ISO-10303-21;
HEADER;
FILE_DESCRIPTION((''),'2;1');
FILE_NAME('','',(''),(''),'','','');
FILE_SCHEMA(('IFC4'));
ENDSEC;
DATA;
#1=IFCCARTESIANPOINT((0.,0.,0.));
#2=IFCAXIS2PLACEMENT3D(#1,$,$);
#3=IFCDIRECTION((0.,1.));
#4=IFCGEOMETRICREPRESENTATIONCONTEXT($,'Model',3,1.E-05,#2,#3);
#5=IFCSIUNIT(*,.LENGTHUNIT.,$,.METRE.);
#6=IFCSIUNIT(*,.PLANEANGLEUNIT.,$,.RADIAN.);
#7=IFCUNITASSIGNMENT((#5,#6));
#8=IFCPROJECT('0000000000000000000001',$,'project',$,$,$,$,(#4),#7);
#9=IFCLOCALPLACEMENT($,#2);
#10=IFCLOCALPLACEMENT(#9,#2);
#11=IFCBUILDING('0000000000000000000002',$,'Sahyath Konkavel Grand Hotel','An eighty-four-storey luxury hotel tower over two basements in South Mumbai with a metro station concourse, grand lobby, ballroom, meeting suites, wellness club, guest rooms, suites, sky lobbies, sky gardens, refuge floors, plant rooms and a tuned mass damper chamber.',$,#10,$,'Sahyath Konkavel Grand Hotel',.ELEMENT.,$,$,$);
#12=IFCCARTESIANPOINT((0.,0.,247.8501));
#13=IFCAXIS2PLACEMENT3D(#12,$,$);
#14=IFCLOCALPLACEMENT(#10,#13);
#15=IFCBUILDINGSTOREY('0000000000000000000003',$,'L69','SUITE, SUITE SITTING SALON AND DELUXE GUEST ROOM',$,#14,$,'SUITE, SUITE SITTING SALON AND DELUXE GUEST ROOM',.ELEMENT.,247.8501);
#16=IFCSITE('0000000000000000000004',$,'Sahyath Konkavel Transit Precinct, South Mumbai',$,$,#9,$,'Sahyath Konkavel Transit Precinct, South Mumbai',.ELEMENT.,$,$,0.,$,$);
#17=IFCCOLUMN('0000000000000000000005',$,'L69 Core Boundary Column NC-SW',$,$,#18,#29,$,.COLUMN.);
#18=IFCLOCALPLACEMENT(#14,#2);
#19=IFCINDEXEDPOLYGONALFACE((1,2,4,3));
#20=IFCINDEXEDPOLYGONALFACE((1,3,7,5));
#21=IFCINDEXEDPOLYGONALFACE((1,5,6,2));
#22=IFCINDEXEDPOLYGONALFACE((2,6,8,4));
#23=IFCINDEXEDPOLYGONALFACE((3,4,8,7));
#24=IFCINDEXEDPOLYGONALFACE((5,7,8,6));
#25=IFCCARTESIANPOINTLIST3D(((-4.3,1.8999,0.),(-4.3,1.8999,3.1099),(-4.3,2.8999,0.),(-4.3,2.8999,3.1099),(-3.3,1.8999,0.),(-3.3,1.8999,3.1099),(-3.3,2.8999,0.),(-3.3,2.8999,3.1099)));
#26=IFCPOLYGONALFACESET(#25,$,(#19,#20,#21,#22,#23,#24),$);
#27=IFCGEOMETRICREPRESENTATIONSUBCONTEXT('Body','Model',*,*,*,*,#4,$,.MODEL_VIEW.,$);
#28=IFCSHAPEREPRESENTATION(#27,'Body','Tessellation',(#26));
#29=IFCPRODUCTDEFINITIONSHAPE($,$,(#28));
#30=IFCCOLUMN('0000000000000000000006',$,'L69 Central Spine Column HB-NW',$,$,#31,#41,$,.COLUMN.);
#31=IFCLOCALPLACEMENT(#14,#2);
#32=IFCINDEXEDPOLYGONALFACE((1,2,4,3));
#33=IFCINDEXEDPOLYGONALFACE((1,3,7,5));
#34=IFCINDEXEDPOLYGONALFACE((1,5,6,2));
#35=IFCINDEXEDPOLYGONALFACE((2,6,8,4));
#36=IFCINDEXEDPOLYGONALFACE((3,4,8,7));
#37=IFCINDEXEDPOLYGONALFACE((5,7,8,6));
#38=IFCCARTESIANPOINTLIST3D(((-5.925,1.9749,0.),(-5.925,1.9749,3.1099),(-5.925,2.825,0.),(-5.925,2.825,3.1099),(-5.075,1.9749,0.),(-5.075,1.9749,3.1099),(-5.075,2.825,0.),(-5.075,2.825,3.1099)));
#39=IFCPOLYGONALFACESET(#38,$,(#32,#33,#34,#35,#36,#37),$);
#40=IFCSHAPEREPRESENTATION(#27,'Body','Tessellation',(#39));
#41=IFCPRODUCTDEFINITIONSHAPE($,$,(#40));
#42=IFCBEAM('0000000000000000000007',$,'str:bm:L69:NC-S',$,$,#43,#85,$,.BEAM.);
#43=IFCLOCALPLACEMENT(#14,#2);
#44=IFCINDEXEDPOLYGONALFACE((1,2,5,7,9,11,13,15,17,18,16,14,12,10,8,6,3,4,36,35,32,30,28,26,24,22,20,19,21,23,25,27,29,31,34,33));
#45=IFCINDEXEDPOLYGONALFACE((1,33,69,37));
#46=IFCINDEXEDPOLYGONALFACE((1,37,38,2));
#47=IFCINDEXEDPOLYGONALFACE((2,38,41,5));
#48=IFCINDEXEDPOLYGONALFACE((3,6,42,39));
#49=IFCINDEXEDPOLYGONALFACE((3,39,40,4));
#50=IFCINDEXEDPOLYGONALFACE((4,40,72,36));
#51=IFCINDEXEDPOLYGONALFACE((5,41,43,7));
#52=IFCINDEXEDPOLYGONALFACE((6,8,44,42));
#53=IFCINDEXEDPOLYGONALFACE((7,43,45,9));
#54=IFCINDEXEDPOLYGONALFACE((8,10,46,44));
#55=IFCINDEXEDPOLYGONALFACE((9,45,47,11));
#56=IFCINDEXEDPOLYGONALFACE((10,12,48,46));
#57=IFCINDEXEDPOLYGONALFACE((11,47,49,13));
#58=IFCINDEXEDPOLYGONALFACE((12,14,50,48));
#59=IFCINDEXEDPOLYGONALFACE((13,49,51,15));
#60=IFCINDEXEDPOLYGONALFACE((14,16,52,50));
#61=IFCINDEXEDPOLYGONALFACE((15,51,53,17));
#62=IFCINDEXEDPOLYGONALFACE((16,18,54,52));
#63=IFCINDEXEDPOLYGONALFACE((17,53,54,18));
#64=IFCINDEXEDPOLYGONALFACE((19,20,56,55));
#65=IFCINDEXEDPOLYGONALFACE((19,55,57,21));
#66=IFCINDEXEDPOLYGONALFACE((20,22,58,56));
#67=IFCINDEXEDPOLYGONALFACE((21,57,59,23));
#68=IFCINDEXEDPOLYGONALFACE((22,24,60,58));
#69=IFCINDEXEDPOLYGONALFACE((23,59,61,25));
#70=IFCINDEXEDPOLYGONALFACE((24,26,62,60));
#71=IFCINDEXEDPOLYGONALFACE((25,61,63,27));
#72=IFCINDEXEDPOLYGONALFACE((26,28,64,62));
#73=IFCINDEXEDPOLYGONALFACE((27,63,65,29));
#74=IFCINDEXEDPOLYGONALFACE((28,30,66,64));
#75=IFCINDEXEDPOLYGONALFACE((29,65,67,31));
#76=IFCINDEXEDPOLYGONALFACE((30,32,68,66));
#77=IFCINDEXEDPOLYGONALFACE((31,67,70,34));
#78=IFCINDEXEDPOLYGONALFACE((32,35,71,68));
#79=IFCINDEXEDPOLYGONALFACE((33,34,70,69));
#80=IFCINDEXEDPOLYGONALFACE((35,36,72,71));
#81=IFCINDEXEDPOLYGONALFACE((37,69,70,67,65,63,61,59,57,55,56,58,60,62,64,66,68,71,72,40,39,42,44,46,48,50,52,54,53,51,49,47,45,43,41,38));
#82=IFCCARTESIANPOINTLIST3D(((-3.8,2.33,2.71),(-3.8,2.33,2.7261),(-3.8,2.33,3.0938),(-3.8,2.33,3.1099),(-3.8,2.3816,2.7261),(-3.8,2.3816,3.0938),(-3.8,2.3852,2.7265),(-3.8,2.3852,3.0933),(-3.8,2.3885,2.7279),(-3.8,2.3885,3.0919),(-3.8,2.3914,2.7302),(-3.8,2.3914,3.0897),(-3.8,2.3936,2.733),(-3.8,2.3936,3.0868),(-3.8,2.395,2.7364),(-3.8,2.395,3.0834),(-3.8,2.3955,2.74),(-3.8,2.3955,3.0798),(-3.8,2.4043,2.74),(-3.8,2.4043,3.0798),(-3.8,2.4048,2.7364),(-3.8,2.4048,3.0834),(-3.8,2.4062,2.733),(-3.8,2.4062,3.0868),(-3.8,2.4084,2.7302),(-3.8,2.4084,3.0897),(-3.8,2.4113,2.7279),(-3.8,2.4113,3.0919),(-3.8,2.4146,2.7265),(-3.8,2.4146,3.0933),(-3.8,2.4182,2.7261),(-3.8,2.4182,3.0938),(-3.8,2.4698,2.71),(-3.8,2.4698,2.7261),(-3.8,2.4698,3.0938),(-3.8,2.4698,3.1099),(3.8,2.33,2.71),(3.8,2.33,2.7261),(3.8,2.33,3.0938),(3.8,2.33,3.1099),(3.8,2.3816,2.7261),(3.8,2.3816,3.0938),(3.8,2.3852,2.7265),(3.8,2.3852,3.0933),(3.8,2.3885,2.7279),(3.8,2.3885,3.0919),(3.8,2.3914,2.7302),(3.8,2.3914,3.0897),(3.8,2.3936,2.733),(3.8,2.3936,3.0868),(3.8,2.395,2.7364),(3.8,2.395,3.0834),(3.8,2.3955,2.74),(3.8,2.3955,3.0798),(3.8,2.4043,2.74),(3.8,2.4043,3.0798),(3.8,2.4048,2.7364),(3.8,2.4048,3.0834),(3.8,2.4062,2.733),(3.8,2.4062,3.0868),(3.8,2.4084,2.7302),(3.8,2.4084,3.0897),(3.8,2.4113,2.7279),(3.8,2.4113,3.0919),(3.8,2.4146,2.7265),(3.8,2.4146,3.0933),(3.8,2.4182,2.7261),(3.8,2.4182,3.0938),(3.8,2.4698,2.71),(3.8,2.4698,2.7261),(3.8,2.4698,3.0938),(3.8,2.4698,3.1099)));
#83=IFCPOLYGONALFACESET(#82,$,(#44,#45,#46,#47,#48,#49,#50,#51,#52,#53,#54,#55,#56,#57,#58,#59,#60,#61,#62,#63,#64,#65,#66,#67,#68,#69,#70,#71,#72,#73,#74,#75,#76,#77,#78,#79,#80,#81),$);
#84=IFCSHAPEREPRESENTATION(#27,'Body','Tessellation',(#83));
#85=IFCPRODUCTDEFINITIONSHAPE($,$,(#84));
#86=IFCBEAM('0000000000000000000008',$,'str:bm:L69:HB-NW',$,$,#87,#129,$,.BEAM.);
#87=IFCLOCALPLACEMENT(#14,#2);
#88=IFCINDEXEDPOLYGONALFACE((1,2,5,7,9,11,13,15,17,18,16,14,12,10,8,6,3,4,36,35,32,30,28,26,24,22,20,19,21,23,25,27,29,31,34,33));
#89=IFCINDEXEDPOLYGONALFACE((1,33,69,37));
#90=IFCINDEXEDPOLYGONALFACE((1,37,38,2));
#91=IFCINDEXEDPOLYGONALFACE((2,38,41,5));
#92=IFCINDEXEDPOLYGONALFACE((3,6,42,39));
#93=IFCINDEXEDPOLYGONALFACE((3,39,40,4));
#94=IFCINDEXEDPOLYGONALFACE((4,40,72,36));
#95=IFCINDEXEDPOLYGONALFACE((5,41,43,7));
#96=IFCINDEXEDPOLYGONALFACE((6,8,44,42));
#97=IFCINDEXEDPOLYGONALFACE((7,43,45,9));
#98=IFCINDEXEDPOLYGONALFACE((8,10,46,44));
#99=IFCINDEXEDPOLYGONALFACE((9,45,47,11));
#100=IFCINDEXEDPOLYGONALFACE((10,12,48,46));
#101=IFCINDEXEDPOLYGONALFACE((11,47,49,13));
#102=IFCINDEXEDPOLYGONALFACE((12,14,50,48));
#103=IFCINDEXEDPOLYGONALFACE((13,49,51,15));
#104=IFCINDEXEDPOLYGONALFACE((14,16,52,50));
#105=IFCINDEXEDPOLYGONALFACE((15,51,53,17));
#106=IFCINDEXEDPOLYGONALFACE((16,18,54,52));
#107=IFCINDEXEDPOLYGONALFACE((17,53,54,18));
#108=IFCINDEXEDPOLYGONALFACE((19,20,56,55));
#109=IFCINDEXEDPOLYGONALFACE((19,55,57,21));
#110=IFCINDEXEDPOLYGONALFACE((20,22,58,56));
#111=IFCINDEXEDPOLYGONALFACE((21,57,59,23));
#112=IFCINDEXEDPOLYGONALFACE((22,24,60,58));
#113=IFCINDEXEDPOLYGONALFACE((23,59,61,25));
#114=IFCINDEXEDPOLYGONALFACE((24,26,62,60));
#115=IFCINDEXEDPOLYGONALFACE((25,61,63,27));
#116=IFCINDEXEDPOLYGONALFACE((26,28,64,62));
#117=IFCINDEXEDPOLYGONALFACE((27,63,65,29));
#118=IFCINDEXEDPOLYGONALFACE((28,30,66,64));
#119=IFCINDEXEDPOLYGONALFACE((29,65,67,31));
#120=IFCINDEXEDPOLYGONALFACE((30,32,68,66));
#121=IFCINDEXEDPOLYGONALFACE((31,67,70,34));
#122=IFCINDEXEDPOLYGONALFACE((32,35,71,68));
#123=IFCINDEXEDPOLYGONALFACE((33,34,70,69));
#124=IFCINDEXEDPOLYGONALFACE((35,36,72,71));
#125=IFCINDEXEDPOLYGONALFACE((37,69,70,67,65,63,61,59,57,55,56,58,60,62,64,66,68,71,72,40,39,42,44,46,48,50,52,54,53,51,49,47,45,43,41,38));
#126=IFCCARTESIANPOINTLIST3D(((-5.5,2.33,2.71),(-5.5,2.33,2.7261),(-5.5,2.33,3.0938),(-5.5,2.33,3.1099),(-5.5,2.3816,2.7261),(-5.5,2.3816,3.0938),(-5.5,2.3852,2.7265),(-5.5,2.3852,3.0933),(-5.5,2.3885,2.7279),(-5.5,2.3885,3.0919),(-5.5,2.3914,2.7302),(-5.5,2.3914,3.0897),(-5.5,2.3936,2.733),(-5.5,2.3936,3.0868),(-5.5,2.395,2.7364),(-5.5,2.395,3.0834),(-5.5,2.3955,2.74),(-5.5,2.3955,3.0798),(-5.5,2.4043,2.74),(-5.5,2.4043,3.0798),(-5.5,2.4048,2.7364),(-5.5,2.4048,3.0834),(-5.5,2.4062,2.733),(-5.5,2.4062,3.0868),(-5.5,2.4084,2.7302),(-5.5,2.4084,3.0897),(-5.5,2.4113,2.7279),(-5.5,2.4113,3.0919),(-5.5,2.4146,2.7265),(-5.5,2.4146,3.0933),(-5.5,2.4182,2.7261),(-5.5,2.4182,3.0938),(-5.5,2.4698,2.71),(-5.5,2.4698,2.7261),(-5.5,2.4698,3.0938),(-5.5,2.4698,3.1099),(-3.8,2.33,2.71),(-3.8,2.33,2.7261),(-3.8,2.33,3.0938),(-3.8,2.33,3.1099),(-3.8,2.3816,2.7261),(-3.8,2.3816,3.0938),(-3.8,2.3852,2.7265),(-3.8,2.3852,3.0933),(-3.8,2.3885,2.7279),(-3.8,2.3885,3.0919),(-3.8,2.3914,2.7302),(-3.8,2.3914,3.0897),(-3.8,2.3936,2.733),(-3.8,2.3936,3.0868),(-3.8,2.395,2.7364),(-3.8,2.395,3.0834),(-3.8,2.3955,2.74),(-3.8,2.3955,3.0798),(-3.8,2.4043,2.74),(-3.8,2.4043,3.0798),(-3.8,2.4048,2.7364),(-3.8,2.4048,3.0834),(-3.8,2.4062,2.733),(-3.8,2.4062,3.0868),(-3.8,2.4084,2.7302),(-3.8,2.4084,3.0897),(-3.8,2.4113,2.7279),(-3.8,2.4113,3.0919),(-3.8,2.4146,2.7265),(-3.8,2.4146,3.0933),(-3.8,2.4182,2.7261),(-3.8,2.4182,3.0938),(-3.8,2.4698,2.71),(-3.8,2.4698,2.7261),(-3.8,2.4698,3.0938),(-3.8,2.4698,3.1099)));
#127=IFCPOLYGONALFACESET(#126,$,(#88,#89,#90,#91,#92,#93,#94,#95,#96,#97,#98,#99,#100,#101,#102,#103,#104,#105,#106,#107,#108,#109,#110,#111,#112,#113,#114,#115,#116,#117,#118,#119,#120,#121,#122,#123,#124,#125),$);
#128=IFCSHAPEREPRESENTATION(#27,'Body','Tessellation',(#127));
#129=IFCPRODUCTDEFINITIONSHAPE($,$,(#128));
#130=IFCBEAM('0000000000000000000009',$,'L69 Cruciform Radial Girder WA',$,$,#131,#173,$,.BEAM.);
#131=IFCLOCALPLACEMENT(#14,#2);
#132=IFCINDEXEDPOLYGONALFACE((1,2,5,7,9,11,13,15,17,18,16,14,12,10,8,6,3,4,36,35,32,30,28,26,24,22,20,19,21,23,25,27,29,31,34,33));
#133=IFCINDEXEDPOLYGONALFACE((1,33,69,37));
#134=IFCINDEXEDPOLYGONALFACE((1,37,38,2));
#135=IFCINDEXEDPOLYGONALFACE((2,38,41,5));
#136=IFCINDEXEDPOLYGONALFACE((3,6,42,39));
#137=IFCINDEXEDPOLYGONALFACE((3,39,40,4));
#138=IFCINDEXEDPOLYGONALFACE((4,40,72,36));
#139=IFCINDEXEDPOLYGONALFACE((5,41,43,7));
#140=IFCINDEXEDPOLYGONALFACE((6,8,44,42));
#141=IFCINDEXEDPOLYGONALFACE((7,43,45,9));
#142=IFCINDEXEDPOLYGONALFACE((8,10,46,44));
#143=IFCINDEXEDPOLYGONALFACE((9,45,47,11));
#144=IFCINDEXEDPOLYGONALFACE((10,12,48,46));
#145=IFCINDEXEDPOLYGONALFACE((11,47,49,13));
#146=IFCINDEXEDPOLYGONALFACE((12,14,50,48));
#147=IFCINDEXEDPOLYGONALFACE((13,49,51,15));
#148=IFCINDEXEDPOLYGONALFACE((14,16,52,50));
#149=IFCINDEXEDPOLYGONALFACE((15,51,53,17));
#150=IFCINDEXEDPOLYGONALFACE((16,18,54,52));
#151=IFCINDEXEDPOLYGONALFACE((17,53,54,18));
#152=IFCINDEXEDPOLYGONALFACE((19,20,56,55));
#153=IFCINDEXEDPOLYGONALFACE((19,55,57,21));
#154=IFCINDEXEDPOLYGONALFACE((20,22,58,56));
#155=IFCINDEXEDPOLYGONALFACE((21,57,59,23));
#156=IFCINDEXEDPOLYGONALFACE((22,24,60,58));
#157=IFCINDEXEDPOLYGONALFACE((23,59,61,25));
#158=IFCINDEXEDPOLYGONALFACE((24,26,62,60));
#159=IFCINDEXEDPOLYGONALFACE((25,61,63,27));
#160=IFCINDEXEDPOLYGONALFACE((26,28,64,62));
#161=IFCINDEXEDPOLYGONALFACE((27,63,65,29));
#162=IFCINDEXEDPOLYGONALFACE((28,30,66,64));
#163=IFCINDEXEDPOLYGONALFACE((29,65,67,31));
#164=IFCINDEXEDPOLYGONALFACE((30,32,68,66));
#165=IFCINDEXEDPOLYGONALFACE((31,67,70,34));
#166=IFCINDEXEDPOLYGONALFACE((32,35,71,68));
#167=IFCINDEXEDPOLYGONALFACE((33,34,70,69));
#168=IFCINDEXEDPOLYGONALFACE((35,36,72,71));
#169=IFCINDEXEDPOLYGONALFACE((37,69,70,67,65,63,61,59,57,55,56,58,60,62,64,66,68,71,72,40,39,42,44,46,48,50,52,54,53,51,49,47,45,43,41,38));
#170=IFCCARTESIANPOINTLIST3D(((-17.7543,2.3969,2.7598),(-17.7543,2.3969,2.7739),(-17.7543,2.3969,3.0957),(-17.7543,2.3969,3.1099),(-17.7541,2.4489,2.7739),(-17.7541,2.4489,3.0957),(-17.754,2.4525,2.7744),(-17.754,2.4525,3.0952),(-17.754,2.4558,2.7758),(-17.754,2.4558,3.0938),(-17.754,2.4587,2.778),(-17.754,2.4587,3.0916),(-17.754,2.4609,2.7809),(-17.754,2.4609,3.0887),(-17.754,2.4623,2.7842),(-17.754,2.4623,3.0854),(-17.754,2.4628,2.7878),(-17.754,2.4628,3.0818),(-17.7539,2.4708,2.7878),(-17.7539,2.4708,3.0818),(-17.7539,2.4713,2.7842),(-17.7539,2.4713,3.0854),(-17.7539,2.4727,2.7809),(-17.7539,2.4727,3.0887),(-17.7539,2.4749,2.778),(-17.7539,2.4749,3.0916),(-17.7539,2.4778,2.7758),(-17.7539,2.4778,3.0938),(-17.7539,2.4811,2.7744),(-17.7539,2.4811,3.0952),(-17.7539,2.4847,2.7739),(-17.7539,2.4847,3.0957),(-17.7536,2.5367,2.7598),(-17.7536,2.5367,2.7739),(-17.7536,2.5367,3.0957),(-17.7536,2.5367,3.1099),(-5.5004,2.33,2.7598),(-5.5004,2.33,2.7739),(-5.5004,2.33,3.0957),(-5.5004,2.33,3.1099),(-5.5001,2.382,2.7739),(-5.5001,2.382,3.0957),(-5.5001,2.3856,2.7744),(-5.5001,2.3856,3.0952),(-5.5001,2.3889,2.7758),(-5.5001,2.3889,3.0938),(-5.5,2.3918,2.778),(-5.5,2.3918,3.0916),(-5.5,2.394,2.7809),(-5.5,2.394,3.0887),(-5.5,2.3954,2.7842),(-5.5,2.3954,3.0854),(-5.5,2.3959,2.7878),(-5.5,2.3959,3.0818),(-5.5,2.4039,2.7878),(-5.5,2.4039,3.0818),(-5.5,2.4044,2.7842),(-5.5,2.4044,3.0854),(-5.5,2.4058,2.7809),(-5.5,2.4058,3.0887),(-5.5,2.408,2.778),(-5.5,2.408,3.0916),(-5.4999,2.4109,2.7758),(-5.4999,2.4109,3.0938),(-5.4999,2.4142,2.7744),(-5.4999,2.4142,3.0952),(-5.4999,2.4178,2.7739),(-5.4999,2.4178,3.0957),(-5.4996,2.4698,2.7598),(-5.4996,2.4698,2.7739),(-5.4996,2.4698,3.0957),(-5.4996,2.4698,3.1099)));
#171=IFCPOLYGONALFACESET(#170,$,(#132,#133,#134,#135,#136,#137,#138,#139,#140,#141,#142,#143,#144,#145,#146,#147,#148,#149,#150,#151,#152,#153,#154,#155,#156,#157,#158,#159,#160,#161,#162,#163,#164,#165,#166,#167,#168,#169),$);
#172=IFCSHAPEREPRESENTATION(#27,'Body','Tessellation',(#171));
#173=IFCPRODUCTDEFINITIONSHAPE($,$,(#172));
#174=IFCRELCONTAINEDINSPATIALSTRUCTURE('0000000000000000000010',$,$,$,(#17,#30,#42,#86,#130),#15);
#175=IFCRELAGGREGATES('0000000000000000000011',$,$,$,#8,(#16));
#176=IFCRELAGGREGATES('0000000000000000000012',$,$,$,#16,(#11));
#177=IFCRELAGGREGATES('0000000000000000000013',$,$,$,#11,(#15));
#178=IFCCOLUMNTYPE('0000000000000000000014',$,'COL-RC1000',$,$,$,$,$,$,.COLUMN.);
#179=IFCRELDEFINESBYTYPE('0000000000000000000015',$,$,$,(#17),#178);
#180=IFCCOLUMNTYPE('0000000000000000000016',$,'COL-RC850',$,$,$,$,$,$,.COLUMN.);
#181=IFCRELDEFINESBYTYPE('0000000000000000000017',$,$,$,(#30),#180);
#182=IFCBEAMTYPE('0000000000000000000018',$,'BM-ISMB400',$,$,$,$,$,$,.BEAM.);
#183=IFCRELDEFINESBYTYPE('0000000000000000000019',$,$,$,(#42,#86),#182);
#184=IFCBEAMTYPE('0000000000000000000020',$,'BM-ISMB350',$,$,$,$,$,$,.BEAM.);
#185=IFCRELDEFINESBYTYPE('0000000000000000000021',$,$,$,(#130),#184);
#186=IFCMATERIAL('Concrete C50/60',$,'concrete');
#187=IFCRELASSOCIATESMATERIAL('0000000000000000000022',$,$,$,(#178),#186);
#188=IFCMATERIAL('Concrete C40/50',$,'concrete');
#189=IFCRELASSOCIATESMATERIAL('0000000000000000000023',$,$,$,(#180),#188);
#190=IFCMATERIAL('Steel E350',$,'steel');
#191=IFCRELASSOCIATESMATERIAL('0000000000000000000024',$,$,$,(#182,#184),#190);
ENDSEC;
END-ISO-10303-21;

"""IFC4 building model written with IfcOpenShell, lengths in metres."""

from ifc_helpers import new_model, si_unit, direction, frame, origin, origin_2d, place, context, subcontext, project, spatial, rectangle, i_section, extrude, source, transform, mapped, material, material_profile, profile_set, type_object, element, save


model = new_model("IFC4")

# Units and contexts
model_context = context("Model", 3, precision=1e-05, world=origin(), true_north=direction((0.0, 1.0)))
body_context = subcontext(model_context, "Body", "Model", "MODEL_VIEW")
ifc_project = project(units=[si_unit("LENGTHUNIT", "METRE"), si_unit("PLANEANGLEUNIT", "RADIAN")], contexts=[model_context])

# Site, building, storey
site_placement = place(None, origin())
site = spatial("IfcSite", under=ifc_project, at=site_placement, Name="Sahyath Konkavel Transit Precinct, South Mumbai", LongName="Sahyath Konkavel Transit Precinct, South Mumbai", CompositionType="ELEMENT", RefElevation=0.0)
building_placement = place(site_placement, origin())
building = spatial("IfcBuilding", under=site, at=building_placement, Name="Sahyath Konkavel Grand Hotel", Description="An eighty-four-storey luxury hotel tower over two basements in South Mumbai with a metro station concourse, grand lobby, ballroom, meeting suites, wellness club, guest rooms, suites, sky lobbies, sky gardens, refuge floors, plant rooms and a tuned mass damper chamber.", LongName="Sahyath Konkavel Grand Hotel", CompositionType="ELEMENT")
storey_placement = place(building_placement, frame((0.0, 0.0, 247.8501)))
storey = spatial("IfcBuildingStorey", under=building, at=storey_placement, Name="L69", Description="SUITE, SUITE SITTING SALON AND DELUXE GUEST ROOM", LongName="SUITE, SUITE SITTING SALON AND DELUXE GUEST ROOM", CompositionType="ELEMENT", Elevation=247.8501)

# Columns
ifc_material_1 = material(Name="Concrete C50/60", Category="concrete")
ifc_material_profile_1 = material_profile(ifc_material_1, rectangle(XDim=1.0, YDim=1.0, at=origin_2d()), Name="RC 1000x1000")
ifc_profile_set_1 = profile_set([ifc_material_profile_1], Name="Concrete C50/60")
column_type_1 = type_object("IfcColumnType", Name="COL-RC1000", PredefinedType="COLUMN", material=ifc_profile_set_1)
shared_shape_1 = source(origin(), body_context, "Body", "SweptSolid", [
    extrude(rectangle(XDim=1.0, YDim=1.0, at=origin_2d()), origin(), (0.0, 0.0, 1.0), 3.1099),
])
column_1_placement = place(storey_placement, frame((-3.8, 2.3999, 0.0), z_axis=(0.0, 0.0, 1.0), x_axis=(1.0, 0.0, 0.0)))
element("IfcColumn", 1, at=column_1_placement, inside=storey, type_object=column_type_1, Name="L69 Core Boundary Column NC-SW", PredefinedType="COLUMN", context=body_context, shape_type="MappedRepresentation", body=[
    mapped(shared_shape_1, transform((0.0, 0.0, 0.0), scale=1.0)),
])
ifc_material_2 = material(Name="Concrete C40/50", Category="concrete")
ifc_material_profile_2 = material_profile(ifc_material_2, rectangle(XDim=0.8501, YDim=0.8501, at=origin_2d()), Name="RC 850x850")
ifc_profile_set_2 = profile_set([ifc_material_profile_2], Name="Concrete C40/50")
column_type_2 = type_object("IfcColumnType", Name="COL-RC850", PredefinedType="COLUMN", material=ifc_profile_set_2)
shared_shape_2 = source(origin(), body_context, "Body", "SweptSolid", [
    extrude(rectangle(XDim=0.8501, YDim=0.8501, at=origin_2d()), origin(), (0.0, 0.0, 1.0), 3.1099),
])
column_2_placement = place(storey_placement, frame((-5.5, 2.3999, 0.0), z_axis=(0.0, 0.0, 1.0), x_axis=(1.0, 0.0, 0.0)))
element("IfcColumn", 2, at=column_2_placement, inside=storey, type_object=column_type_2, Name="L69 Central Spine Column HB-NW", PredefinedType="COLUMN", context=body_context, shape_type="MappedRepresentation", body=[
    mapped(shared_shape_2, transform((0.0, 0.0, 0.0), scale=1.0)),
])

# Beams
ifc_material_3 = material(Name="Steel E350", Category="steel")
ifc_material_profile_3 = material_profile(ifc_material_3, i_section(OverallWidth=0.1399, OverallDepth=0.3999, WebThickness=0.0088, FlangeThickness=0.0161, FilletRadius=0.0139, at=origin_2d()), Name="ISMB 400")
ifc_profile_set_3 = profile_set([ifc_material_profile_3], Name="Steel E350")
beam_type_1 = type_object("IfcBeamType", Name="BM-ISMB400", PredefinedType="BEAM", material=ifc_profile_set_3)
shared_shape_3 = source(origin(), body_context, "Body", "SweptSolid", [
    extrude(i_section(OverallWidth=0.1399, OverallDepth=0.3999, WebThickness=0.0088, FlangeThickness=0.0161, FilletRadius=0.0139, at=origin_2d()), origin(), (0.0, 0.0, 1.0), 7.6001),
])
beam_1_placement = place(storey_placement, frame((-3.8, 2.3999, 2.9099), z_axis=(1.0, 0.0, 0.0), x_axis=(0.0, 1.0, 0.0)))
element("IfcBeam", 3, at=beam_1_placement, inside=storey, type_object=beam_type_1, Name="str:bm:L69:NC-S", PredefinedType="BEAM", context=body_context, shape_type="MappedRepresentation", body=[
    mapped(shared_shape_3, transform((0.0, 0.0, 0.0), scale=1.0)),
])
shared_shape_4 = source(origin(), body_context, "Body", "SweptSolid", [
    extrude(i_section(OverallWidth=0.1399, OverallDepth=0.3999, WebThickness=0.0088, FlangeThickness=0.0161, FilletRadius=0.0139, at=origin_2d()), origin(), (0.0, 0.0, 1.0), 1.7),
])
beam_2_placement = place(storey_placement, frame((-5.5, 2.3999, 2.9099), z_axis=(1.0, 0.0, 0.0), x_axis=(0.0, 1.0, 0.0)))
element("IfcBeam", 4, at=beam_2_placement, inside=storey, type_object=beam_type_1, Name="str:bm:L69:HB-NW", PredefinedType="BEAM", context=body_context, shape_type="MappedRepresentation", body=[
    mapped(shared_shape_4, transform((0.0, 0.0, 0.0), scale=1.0)),
])
ifc_material_profile_4 = material_profile(ifc_material_3, i_section(OverallWidth=0.1399, OverallDepth=0.3501, WebThickness=0.0081, FlangeThickness=0.0142, FilletRadius=0.0139, at=origin_2d()), Name="ISMB 350")
ifc_profile_set_4 = profile_set([ifc_material_profile_4], Name="Steel E350")
beam_type_2 = type_object("IfcBeamType", Name="BM-ISMB350", PredefinedType="BEAM", material=ifc_profile_set_4)
shared_shape_5 = source(origin(), body_context, "Body", "SweptSolid", [
    extrude(i_section(OverallWidth=0.1399, OverallDepth=0.3501, WebThickness=0.0081, FlangeThickness=0.0142, FilletRadius=0.0139, at=origin_2d()), origin(), (0.0, 0.0, 1.0), 12.2542),
])
beam_3_placement = place(storey_placement, frame((-5.5, 2.3999, 2.9348), z_axis=(-0.999985, 0.005459, 0.0), x_axis=(-0.005459, -0.999985, 0.0)))
element("IfcBeam", 5, at=beam_3_placement, inside=storey, type_object=beam_type_2, Name="L69 Cruciform Radial Girder WA", PredefinedType="BEAM", context=body_context, shape_type="MappedRepresentation", body=[
    mapped(shared_shape_5, transform((0.0, 0.0, 0.0), scale=1.0)),
])

save(model, "model.ifc")
